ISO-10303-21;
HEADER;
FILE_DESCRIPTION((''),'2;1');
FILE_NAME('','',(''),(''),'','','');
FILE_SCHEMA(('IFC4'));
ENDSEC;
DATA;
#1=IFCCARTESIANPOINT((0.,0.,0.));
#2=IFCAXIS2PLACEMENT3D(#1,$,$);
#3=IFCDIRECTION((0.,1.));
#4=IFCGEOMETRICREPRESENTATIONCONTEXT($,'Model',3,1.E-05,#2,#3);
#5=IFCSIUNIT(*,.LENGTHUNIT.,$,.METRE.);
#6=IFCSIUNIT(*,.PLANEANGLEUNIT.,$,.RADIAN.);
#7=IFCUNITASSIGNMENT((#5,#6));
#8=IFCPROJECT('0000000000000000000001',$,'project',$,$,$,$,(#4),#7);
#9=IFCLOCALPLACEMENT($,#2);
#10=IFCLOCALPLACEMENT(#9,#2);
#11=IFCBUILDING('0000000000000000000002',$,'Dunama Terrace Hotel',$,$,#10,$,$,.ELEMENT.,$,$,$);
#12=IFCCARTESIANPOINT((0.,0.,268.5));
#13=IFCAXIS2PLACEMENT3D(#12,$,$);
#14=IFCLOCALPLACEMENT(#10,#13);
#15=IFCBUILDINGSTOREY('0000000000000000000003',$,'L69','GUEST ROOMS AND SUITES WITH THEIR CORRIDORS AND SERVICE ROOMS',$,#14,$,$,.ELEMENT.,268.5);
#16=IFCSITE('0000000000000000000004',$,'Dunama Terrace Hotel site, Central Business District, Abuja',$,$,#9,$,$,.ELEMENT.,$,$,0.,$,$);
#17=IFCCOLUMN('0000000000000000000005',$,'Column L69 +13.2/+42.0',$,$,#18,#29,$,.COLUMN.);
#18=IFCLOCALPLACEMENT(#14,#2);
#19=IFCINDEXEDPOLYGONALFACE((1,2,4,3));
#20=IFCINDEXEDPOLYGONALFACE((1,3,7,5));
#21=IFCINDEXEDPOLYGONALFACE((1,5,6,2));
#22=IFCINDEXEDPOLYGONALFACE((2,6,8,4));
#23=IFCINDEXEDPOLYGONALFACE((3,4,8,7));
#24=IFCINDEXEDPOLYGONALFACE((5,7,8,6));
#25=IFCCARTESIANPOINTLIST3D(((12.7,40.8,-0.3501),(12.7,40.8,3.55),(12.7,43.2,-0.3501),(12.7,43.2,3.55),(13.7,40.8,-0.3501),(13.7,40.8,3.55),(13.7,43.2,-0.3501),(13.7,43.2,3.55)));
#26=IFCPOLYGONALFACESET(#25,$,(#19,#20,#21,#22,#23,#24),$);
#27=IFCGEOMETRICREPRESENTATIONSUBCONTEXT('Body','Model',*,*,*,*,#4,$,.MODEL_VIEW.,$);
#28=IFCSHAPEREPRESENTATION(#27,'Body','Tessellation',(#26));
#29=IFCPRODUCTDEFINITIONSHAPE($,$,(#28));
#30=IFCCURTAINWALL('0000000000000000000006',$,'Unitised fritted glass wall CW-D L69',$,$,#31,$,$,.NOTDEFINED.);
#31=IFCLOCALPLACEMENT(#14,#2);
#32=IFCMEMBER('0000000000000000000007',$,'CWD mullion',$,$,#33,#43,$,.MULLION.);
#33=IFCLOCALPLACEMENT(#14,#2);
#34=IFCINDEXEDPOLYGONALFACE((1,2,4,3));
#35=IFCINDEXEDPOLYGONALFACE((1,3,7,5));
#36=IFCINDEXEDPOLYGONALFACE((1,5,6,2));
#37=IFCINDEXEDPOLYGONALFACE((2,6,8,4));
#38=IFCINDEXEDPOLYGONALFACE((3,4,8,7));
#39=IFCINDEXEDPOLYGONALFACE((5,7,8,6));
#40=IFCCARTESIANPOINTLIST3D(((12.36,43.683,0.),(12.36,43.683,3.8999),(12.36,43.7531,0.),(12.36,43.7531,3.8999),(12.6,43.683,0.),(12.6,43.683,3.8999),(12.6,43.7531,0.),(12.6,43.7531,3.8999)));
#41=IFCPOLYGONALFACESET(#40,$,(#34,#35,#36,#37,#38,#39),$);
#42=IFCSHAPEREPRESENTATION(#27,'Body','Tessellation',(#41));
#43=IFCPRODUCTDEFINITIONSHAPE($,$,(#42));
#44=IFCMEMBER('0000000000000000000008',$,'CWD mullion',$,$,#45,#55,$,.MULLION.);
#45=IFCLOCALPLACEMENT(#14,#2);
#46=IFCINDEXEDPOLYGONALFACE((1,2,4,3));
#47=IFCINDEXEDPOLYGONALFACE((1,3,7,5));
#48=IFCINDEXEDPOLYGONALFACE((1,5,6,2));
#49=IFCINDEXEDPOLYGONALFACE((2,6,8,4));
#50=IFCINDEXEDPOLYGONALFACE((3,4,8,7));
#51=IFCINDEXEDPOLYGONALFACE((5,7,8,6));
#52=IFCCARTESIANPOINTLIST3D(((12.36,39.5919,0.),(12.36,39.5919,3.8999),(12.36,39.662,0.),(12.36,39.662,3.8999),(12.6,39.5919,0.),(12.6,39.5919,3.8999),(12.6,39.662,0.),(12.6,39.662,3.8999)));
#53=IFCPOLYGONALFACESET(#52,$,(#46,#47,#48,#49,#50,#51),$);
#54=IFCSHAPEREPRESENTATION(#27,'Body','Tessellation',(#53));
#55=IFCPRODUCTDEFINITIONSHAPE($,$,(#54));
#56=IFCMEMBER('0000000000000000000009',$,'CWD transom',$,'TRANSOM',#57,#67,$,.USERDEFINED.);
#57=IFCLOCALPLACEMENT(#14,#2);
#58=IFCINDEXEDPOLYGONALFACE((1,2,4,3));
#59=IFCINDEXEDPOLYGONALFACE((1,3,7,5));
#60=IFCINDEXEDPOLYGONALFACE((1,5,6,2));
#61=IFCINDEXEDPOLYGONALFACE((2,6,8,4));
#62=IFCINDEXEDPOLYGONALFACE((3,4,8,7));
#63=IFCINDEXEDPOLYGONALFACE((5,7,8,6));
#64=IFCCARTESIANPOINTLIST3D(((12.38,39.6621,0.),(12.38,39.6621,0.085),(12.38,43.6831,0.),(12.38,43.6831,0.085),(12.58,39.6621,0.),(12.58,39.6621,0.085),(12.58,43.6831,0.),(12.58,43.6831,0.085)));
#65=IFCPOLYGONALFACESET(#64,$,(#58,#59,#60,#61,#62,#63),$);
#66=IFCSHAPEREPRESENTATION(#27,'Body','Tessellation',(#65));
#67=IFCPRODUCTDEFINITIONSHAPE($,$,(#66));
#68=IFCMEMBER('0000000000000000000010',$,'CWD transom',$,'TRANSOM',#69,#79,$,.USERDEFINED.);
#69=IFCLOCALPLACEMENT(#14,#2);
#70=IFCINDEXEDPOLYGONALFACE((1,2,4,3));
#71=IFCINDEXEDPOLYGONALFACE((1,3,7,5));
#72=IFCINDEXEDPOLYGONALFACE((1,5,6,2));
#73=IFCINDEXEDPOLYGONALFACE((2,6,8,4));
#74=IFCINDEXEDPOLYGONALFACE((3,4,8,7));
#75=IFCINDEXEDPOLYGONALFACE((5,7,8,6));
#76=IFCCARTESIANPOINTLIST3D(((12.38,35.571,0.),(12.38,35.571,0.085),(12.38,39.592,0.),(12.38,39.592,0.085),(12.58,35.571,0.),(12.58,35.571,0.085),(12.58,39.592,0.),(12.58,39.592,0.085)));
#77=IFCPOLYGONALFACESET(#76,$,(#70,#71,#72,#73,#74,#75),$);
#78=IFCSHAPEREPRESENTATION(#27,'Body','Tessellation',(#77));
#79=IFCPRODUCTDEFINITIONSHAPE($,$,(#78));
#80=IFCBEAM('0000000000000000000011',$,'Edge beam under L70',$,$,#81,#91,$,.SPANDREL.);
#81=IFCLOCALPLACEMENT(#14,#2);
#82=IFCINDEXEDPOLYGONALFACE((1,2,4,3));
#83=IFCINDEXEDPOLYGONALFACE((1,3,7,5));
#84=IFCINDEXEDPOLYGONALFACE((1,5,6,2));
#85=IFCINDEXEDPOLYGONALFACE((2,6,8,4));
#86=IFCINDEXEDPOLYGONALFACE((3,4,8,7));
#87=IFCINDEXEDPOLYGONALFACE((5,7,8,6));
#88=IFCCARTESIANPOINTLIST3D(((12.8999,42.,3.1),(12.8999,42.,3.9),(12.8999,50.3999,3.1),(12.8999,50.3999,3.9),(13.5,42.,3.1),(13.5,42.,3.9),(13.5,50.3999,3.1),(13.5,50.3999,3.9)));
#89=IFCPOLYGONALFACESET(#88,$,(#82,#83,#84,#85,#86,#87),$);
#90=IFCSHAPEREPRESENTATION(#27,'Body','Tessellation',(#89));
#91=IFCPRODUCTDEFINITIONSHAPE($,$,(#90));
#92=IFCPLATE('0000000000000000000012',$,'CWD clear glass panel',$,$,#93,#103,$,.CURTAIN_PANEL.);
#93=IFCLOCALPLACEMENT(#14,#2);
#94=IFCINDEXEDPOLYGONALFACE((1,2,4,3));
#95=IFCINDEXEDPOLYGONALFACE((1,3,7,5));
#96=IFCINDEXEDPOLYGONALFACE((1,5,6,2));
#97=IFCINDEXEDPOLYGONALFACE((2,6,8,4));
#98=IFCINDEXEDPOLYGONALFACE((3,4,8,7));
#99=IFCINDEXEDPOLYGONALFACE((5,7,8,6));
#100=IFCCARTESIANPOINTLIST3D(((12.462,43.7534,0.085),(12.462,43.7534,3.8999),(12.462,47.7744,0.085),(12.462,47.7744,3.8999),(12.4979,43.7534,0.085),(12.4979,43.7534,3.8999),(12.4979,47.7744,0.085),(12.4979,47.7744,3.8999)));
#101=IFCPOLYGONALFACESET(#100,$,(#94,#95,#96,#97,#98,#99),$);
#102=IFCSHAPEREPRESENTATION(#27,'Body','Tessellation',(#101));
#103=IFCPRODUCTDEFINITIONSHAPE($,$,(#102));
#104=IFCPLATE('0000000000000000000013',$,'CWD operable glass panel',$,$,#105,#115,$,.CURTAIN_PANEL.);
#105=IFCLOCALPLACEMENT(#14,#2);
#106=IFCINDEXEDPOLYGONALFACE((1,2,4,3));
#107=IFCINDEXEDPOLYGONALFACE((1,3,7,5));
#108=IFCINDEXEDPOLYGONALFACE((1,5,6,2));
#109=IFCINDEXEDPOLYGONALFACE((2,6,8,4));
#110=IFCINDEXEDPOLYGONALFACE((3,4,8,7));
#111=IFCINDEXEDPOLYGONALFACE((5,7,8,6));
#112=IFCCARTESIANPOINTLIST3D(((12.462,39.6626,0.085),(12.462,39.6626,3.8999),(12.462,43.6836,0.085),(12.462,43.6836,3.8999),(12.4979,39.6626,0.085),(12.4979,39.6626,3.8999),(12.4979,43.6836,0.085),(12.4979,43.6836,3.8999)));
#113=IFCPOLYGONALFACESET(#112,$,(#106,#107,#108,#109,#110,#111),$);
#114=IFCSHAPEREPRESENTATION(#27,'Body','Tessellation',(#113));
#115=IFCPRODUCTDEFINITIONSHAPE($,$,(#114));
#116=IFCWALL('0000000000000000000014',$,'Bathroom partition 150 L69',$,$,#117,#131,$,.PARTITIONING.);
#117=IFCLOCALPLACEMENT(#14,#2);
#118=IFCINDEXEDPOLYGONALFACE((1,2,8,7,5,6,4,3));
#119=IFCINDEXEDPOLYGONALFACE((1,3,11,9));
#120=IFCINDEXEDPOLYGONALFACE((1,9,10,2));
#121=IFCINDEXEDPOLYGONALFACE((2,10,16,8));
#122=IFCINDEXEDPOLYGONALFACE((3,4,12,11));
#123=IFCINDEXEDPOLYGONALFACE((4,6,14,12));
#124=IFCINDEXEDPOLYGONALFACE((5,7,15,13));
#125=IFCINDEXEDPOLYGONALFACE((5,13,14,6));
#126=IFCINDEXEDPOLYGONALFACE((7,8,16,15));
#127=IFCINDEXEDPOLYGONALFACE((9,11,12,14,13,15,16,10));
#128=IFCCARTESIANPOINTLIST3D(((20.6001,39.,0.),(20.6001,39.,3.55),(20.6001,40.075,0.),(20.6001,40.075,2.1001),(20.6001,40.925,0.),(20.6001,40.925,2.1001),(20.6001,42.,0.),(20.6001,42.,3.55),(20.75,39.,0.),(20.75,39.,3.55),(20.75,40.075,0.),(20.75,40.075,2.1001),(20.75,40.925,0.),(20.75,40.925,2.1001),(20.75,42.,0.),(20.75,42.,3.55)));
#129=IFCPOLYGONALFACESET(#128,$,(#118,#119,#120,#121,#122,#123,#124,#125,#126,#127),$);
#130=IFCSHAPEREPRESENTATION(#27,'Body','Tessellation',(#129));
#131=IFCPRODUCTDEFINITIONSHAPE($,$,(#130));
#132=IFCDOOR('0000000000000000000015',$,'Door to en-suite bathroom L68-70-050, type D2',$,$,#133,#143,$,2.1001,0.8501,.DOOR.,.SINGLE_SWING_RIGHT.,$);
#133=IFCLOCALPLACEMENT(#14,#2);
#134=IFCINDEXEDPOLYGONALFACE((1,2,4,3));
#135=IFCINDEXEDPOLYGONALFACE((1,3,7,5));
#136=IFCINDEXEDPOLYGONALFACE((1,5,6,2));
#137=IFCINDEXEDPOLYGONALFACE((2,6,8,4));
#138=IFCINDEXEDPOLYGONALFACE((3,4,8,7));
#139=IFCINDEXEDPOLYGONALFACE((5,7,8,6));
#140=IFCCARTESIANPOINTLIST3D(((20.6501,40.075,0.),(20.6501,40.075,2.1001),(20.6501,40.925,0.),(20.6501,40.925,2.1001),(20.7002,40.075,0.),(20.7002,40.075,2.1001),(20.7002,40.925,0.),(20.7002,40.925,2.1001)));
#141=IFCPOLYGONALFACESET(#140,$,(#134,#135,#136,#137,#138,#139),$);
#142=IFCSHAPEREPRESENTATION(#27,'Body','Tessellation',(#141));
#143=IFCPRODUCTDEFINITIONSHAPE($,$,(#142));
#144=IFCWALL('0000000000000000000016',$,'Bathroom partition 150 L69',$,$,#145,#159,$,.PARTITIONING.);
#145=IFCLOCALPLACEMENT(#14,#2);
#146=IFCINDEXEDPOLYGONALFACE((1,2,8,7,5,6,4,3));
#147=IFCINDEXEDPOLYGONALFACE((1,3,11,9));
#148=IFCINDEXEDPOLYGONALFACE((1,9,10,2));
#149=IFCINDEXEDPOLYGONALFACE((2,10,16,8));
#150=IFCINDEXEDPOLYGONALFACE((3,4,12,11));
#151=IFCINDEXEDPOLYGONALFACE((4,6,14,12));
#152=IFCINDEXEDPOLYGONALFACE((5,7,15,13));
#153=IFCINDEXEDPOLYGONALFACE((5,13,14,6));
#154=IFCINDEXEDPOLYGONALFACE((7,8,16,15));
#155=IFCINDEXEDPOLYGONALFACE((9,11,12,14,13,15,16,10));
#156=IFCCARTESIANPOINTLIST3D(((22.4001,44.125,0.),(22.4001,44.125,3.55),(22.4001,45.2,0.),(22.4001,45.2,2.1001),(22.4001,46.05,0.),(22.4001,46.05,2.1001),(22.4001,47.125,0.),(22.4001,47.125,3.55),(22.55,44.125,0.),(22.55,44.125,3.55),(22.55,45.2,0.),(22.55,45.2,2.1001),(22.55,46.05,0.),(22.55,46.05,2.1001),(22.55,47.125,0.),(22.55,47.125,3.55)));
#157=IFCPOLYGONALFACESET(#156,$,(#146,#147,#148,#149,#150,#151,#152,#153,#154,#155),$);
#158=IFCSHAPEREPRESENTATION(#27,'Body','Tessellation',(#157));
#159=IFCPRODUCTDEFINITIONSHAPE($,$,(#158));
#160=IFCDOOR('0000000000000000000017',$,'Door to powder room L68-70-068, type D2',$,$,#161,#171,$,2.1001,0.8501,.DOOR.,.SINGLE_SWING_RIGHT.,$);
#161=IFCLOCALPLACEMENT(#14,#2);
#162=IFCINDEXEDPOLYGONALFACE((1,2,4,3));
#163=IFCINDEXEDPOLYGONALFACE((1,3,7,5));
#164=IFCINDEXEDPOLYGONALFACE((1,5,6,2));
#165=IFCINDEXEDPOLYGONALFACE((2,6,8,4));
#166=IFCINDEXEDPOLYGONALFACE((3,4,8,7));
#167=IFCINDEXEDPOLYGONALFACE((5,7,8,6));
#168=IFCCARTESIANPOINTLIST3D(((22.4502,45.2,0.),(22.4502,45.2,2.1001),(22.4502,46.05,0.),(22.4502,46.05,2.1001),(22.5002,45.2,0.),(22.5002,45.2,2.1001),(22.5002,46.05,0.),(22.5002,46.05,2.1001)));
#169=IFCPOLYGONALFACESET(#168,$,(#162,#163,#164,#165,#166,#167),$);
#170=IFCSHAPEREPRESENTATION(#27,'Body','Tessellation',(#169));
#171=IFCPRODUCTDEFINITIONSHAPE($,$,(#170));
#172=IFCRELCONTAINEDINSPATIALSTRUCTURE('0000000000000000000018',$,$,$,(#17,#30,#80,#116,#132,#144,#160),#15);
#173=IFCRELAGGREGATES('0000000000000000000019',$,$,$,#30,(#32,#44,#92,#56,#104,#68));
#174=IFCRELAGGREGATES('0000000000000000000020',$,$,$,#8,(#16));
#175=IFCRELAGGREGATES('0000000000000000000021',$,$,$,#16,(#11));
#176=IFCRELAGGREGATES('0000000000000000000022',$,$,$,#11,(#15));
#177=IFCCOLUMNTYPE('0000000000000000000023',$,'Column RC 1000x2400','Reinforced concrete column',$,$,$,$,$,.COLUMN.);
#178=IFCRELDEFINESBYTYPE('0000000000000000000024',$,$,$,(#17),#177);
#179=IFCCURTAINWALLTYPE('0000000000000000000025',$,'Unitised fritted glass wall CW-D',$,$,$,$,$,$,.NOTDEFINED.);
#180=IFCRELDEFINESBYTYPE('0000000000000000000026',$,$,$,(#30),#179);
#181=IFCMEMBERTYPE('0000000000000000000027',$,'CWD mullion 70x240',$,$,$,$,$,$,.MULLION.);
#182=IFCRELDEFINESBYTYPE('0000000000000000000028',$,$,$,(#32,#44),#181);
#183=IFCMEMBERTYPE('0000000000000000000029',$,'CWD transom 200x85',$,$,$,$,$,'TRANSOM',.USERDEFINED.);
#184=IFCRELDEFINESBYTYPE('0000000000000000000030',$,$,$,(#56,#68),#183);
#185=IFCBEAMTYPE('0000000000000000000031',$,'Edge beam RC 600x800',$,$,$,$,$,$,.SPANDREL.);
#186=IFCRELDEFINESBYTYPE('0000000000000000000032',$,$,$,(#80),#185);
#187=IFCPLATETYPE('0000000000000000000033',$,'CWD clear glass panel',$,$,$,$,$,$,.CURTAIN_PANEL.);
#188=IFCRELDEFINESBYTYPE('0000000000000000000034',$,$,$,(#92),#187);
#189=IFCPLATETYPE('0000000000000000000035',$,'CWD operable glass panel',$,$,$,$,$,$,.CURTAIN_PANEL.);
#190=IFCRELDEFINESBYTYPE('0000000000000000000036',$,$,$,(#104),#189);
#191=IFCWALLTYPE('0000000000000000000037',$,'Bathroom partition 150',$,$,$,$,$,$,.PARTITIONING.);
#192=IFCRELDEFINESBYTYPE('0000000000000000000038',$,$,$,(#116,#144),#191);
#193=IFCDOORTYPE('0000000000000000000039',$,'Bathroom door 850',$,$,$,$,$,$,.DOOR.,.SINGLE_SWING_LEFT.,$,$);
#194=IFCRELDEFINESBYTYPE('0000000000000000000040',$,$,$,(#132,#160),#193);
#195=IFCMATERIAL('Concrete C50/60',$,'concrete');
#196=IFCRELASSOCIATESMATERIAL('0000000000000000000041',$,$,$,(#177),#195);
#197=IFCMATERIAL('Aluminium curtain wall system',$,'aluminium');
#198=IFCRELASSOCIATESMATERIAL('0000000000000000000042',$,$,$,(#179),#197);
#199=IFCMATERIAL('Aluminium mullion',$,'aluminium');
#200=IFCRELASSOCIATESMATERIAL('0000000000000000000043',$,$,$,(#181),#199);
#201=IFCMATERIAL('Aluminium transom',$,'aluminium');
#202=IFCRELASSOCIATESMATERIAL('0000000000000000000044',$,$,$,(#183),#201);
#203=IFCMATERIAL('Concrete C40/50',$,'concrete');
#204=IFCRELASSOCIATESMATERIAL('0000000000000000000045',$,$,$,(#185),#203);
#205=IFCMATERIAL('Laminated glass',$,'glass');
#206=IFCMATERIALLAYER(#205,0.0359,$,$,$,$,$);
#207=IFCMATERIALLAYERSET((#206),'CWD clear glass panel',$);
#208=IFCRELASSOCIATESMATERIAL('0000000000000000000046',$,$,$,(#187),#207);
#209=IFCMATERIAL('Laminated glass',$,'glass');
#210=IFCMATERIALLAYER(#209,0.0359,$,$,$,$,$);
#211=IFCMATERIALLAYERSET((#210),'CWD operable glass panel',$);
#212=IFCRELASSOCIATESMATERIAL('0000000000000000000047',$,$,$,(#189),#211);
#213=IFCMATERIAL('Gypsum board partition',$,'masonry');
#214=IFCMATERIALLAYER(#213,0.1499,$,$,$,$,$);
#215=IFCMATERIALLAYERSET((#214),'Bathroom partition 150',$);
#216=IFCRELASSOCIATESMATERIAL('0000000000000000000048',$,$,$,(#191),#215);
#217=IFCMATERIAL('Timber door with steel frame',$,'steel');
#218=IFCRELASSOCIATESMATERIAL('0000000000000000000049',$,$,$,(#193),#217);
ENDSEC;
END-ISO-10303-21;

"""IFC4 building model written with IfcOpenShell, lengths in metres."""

from ifc_helpers import new_model, si_unit, direction, frame, frame_2d, origin, origin_2d, place, context, subcontext, project, spatial, rectangle, extrude, material, layer, layer_set, material_profile, profile_set, type_object, element, fill, aggregate, save


model = new_model("IFC4")

# Units and contexts
model_context = context("Model", 3, precision=1e-05, world=origin(), true_north=direction((0.0, 1.0)))
body_context = subcontext(model_context, "Body", "Model", "MODEL_VIEW")
ifc_project = project(units=[si_unit("LENGTHUNIT", "METRE"), si_unit("PLANEANGLEUNIT", "RADIAN")], contexts=[model_context])

# Site, building, storey
site_placement = place(None, origin())
site = spatial("IfcSite", under=ifc_project, at=site_placement, Name="Dunama Terrace Hotel site, Central Business District, Abuja", CompositionType="ELEMENT", RefElevation=0.0)
building_placement = place(site_placement, origin())
building = spatial("IfcBuilding", under=site, at=building_placement, Name="Dunama Terrace Hotel", CompositionType="ELEMENT")
storey_placement = place(building_placement, frame((0.0, 0.0, 268.5)))
storey = spatial("IfcBuildingStorey", under=building, at=storey_placement, Name="L69", Description="GUEST ROOMS AND SUITES WITH THEIR CORRIDORS AND SERVICE ROOMS", CompositionType="ELEMENT", Elevation=268.5)

# Column
ifc_material_1 = material(Name="Concrete C50/60", Category="concrete")
ifc_material_profile_1 = material_profile(ifc_material_1, rectangle(XDim=1.0, YDim=2.3999, at=origin_2d()), Name="RC 1000x2400")
ifc_profile_set_1 = profile_set([ifc_material_profile_1], Name="Concrete C50/60")
column_type = type_object("IfcColumnType", Name="Column RC 1000x2400", Description="Reinforced concrete column", PredefinedType="COLUMN", material=ifc_profile_set_1)
column_placement = place(storey_placement, frame((13.2, 42.0, -0.3501), z_axis=(0.0, 0.0, 1.0), x_axis=(1.0, 0.0, 0.0)))
element("IfcColumn", 1, at=column_placement, inside=storey, type_object=column_type, Name="Column L69 +13.2/+42.0", PredefinedType="COLUMN", context=body_context, shape_type="SweptSolid", body=[
    extrude(rectangle(XDim=1.0, YDim=2.3999, at=origin_2d()), origin(), (0.0, 0.0, 1.0), 3.9001),
])

# Curtain wall, members
ifc_material_2 = material(Name="Aluminium curtain wall system", Category="aluminium")
curtain_wall_type = type_object("IfcCurtainWallType", Name="Unitised fritted glass wall CW-D", PredefinedType="NOTDEFINED", material=ifc_material_2)
curtain_wall_placement = place(storey_placement, origin())
curtain_wall = element("IfcCurtainWall", 2, at=curtain_wall_placement, inside=storey, type_object=curtain_wall_type, Name="Unitised fritted glass wall CW-D L69", PredefinedType="NOTDEFINED")
ifc_material_3 = material(Name="Aluminium mullion", Category="aluminium")
ifc_material_profile_2 = material_profile(ifc_material_3, rectangle(XDim=0.0701, YDim=0.24, at=origin_2d()), Name="CWD MULLION 70X240")
ifc_profile_set_2 = profile_set([ifc_material_profile_2], Name="Aluminium mullion")
member_type_1 = type_object("IfcMemberType", Name="CWD mullion 70x240", PredefinedType="MULLION", material=ifc_profile_set_2)
member_1_placement = place(storey_placement, frame((12.48, 43.718, 0.0), z_axis=(0.0, 0.0, 1.0), x_axis=(0.0, -1.0, 0.0)))
member_1 = element("IfcMember", 3, at=member_1_placement, type_object=member_type_1, Name="CWD mullion", PredefinedType="MULLION", context=body_context, shape_type="SweptSolid", body=[
    extrude(rectangle(XDim=0.0701, YDim=0.24, at=origin_2d()), origin(), (0.0, 0.0, 1.0), 3.8999),
])
member_2_placement = place(storey_placement, frame((12.48, 39.627, 0.0), z_axis=(0.0, 0.0, 1.0), x_axis=(0.0, -1.0, 0.0)))
member_2 = element("IfcMember", 4, at=member_2_placement, type_object=member_type_1, Name="CWD mullion", PredefinedType="MULLION", context=body_context, shape_type="SweptSolid", body=[
    extrude(rectangle(XDim=0.0701, YDim=0.24, at=origin_2d()), origin(), (0.0, 0.0, 1.0), 3.8999),
])
ifc_material_4 = material(Name="Aluminium transom", Category="aluminium")
ifc_material_profile_3 = material_profile(ifc_material_4, rectangle(XDim=0.2, YDim=0.085, at=origin_2d()), Name="CWD TRANSOM 200X85")
ifc_profile_set_3 = profile_set([ifc_material_profile_3], Name="Aluminium transom")
member_type_2 = type_object("IfcMemberType", Name="CWD transom 200x85", ElementType="TRANSOM", PredefinedType="USERDEFINED", material=ifc_profile_set_3)
member_3_placement = place(storey_placement, frame((12.48, 43.6831, 0.0425), z_axis=(0.0, -1.0, 0.0), x_axis=(1.0, 0.0, 0.0)))
member_3 = element("IfcMember", 5, at=member_3_placement, type_object=member_type_2, Name="CWD transom", ObjectType="TRANSOM", PredefinedType="USERDEFINED", context=body_context, shape_type="SweptSolid", body=[
    extrude(rectangle(XDim=0.2, YDim=0.085, at=origin_2d()), origin(), (0.0, 0.0, 1.0), 4.021),
])
member_4_placement = place(storey_placement, frame((12.48, 39.592, 0.0425), z_axis=(0.0, -1.0, 0.0), x_axis=(1.0, 0.0, 0.0)))
member_4 = element("IfcMember", 6, at=member_4_placement, type_object=member_type_2, Name="CWD transom", ObjectType="TRANSOM", PredefinedType="USERDEFINED", context=body_context, shape_type="SweptSolid", body=[
    extrude(rectangle(XDim=0.2, YDim=0.085, at=origin_2d()), origin(), (0.0, 0.0, 1.0), 4.021),
])

# Beam
ifc_material_5 = material(Name="Concrete C40/50", Category="concrete")
ifc_material_profile_4 = material_profile(ifc_material_5, rectangle(XDim=0.6001, YDim=0.8, at=origin_2d()), Name="RC 600x800")
ifc_profile_set_4 = profile_set([ifc_material_profile_4], Name="Concrete C40/50")
beam_type = type_object("IfcBeamType", Name="Edge beam RC 600x800", PredefinedType="SPANDREL", material=ifc_profile_set_4)
beam_placement = place(storey_placement, frame((13.2, 42.0, 3.5), z_axis=(0.0, 1.0, 0.0), x_axis=(-1.0, 0.0, 0.0)))
element("IfcBeam", 7, at=beam_placement, inside=storey, type_object=beam_type, Name="Edge beam under L70", PredefinedType="SPANDREL", context=body_context, shape_type="SweptSolid", body=[
    extrude(rectangle(XDim=0.6001, YDim=0.8, at=origin_2d()), origin(), (0.0, 0.0, 1.0), 8.3999),
])

# Plates
ifc_material_6 = material(Name="Laminated glass", Category="glass")
ifc_layer_1 = layer(ifc_material_6, 0.0359)
ifc_layer_set_1 = layer_set([ifc_layer_1], Name="CWD clear glass panel")
plate_type_1 = type_object("IfcPlateType", Name="CWD clear glass panel", PredefinedType="CURTAIN_PANEL", material=ifc_layer_set_1)
plate_1_placement = place(storey_placement, frame((12.48, 45.7639, 0.085), z_axis=(0.0, 0.0, 1.0), x_axis=(0.0, -1.0, 0.0)))
plate_1 = element("IfcPlate", 8, at=plate_1_placement, type_object=plate_type_1, Name="CWD clear glass panel", PredefinedType="CURTAIN_PANEL", context=body_context, shape_type="SweptSolid", body=[
    extrude(rectangle(XDim=4.021, YDim=0.0359, at=origin_2d()), origin(), (0.0, 0.0, 1.0), 3.8149),
])
ifc_material_7 = material(Name="Laminated glass", Category="glass")
ifc_layer_2 = layer(ifc_material_7, 0.0359)
ifc_layer_set_2 = layer_set([ifc_layer_2], Name="CWD operable glass panel")
plate_type_2 = type_object("IfcPlateType", Name="CWD operable glass panel", PredefinedType="CURTAIN_PANEL", material=ifc_layer_set_2)
plate_2_placement = place(storey_placement, frame((12.48, 41.6731, 0.085), z_axis=(0.0, 0.0, 1.0), x_axis=(0.0, -1.0, 0.0)))
plate_2 = element("IfcPlate", 9, at=plate_2_placement, type_object=plate_type_2, Name="CWD operable glass panel", PredefinedType="CURTAIN_PANEL", context=body_context, shape_type="SweptSolid", body=[
    extrude(rectangle(XDim=4.021, YDim=0.0359, at=origin_2d()), origin(), (0.0, 0.0, 1.0), 3.8149),
])
aggregate(curtain_wall, [member_1, member_2, plate_1, member_3, plate_2, member_4])

# Walls, openings, doors
ifc_material_8 = material(Name="Gypsum board partition", Category="masonry")
ifc_layer_3 = layer(ifc_material_8, 0.1499)
ifc_layer_set_3 = layer_set([ifc_layer_3], Name="Bathroom partition 150")
wall_type_1 = type_object("IfcWallType", Name="Bathroom partition 150", PredefinedType="PARTITIONING", material=ifc_layer_set_3)
wall_1_placement = place(storey_placement, frame((20.675, 39.0, 0.0), z_axis=(0.0, 0.0, 1.0), x_axis=(0.0, 1.0, 0.0)))
wall_1 = element("IfcWall", 10, at=wall_1_placement, inside=storey, type_object=wall_type_1, Name="Bathroom partition 150 L69", PredefinedType="PARTITIONING", context=body_context, shape_type="SweptSolid", body=[
    extrude(rectangle(XDim=3.0, YDim=0.1499, at=frame_2d((1.5, 0.0))), origin(), (0.0, 0.0, 1.0), 3.55),
])
opening_1_placement = place(wall_1_placement, frame((1.075, 0.0, 0.0)))
opening_1 = element("IfcOpeningElement", 11, at=opening_1_placement, cuts=wall_1, PredefinedType="OPENING", context=body_context, shape_type="SweptSolid", body=[
    extrude(rectangle(XDim=0.8501, YDim=2.1001, at=frame_2d((0.425, 1.05))), frame((0.0, 0.085, 0.0), z_axis=(0.0, -1.0, 0.0), x_axis=(1.0, 0.0, 0.0)), (0.0, 0.0, 1.0), 0.1699),
])
ifc_material_9 = material(Name="Timber door with steel frame", Category="steel")
door_type_1 = type_object("IfcDoorType", Name="Bathroom door 850", OperationType="SINGLE_SWING_LEFT", PredefinedType="DOOR", material=ifc_material_9)
door_1_placement = place(opening_1_placement, origin())
door_1 = element("IfcDoor", 12, at=door_1_placement, inside=storey, type_object=door_type_1, Name="Door to en-suite bathroom L68-70-050, type D2", OperationType="SINGLE_SWING_RIGHT", OverallHeight=2.1001, OverallWidth=0.8501, PredefinedType="DOOR", context=body_context, shape_type="SweptSolid", body=[
    extrude(rectangle(XDim=0.8501, YDim=2.1001, at=frame_2d((0.425, 1.05))), frame((0.0, 0.0249, 0.0), z_axis=(0.0, -1.0, 0.0), x_axis=(1.0, 0.0, 0.0)), (0.0, 0.0, 1.0), 0.05),
])
fill(opening_1, door_1)
wall_2_placement = place(storey_placement, frame((22.4751, 44.125, 0.0), z_axis=(0.0, 0.0, 1.0), x_axis=(0.0, 1.0, 0.0)))
wall_2 = element("IfcWall", 13, at=wall_2_placement, inside=storey, type_object=wall_type_1, Name="Bathroom partition 150 L69", PredefinedType="PARTITIONING", context=body_context, shape_type="SweptSolid", body=[
    extrude(rectangle(XDim=3.0, YDim=0.1499, at=frame_2d((1.5, 0.0))), origin(), (0.0, 0.0, 1.0), 3.55),
])
opening_2_placement = place(wall_2_placement, frame((1.075, 0.0, 0.0)))
opening_2 = element("IfcOpeningElement", 14, at=opening_2_placement, cuts=wall_2, PredefinedType="OPENING", context=body_context, shape_type="SweptSolid", body=[
    extrude(rectangle(XDim=0.8501, YDim=2.1001, at=frame_2d((0.425, 1.05))), frame((0.0, 0.085, 0.0), z_axis=(0.0, -1.0, 0.0), x_axis=(1.0, 0.0, 0.0)), (0.0, 0.0, 1.0), 0.1699),
])
door_2_placement = place(opening_2_placement, frame((0.8501, 0.0, 0.0), z_axis=(0.0, 0.0, 1.0), x_axis=(-1.0, 0.0, 0.0)))
door_2 = element("IfcDoor", 15, at=door_2_placement, inside=storey, type_object=door_type_1, Name="Door to powder room L68-70-068, type D2", OperationType="SINGLE_SWING_RIGHT", OverallHeight=2.1001, OverallWidth=0.8501, PredefinedType="DOOR", context=body_context, shape_type="SweptSolid", body=[
    extrude(rectangle(XDim=0.8501, YDim=2.1001, at=frame_2d((0.425, 1.05))), frame((0.0, 0.0251, 0.0), z_axis=(0.0, -1.0, 0.0), x_axis=(1.0, 0.0, 0.0)), (0.0, 0.0, 1.0), 0.05),
])
fill(opening_2, door_2)

save(model, "model.ifc")
